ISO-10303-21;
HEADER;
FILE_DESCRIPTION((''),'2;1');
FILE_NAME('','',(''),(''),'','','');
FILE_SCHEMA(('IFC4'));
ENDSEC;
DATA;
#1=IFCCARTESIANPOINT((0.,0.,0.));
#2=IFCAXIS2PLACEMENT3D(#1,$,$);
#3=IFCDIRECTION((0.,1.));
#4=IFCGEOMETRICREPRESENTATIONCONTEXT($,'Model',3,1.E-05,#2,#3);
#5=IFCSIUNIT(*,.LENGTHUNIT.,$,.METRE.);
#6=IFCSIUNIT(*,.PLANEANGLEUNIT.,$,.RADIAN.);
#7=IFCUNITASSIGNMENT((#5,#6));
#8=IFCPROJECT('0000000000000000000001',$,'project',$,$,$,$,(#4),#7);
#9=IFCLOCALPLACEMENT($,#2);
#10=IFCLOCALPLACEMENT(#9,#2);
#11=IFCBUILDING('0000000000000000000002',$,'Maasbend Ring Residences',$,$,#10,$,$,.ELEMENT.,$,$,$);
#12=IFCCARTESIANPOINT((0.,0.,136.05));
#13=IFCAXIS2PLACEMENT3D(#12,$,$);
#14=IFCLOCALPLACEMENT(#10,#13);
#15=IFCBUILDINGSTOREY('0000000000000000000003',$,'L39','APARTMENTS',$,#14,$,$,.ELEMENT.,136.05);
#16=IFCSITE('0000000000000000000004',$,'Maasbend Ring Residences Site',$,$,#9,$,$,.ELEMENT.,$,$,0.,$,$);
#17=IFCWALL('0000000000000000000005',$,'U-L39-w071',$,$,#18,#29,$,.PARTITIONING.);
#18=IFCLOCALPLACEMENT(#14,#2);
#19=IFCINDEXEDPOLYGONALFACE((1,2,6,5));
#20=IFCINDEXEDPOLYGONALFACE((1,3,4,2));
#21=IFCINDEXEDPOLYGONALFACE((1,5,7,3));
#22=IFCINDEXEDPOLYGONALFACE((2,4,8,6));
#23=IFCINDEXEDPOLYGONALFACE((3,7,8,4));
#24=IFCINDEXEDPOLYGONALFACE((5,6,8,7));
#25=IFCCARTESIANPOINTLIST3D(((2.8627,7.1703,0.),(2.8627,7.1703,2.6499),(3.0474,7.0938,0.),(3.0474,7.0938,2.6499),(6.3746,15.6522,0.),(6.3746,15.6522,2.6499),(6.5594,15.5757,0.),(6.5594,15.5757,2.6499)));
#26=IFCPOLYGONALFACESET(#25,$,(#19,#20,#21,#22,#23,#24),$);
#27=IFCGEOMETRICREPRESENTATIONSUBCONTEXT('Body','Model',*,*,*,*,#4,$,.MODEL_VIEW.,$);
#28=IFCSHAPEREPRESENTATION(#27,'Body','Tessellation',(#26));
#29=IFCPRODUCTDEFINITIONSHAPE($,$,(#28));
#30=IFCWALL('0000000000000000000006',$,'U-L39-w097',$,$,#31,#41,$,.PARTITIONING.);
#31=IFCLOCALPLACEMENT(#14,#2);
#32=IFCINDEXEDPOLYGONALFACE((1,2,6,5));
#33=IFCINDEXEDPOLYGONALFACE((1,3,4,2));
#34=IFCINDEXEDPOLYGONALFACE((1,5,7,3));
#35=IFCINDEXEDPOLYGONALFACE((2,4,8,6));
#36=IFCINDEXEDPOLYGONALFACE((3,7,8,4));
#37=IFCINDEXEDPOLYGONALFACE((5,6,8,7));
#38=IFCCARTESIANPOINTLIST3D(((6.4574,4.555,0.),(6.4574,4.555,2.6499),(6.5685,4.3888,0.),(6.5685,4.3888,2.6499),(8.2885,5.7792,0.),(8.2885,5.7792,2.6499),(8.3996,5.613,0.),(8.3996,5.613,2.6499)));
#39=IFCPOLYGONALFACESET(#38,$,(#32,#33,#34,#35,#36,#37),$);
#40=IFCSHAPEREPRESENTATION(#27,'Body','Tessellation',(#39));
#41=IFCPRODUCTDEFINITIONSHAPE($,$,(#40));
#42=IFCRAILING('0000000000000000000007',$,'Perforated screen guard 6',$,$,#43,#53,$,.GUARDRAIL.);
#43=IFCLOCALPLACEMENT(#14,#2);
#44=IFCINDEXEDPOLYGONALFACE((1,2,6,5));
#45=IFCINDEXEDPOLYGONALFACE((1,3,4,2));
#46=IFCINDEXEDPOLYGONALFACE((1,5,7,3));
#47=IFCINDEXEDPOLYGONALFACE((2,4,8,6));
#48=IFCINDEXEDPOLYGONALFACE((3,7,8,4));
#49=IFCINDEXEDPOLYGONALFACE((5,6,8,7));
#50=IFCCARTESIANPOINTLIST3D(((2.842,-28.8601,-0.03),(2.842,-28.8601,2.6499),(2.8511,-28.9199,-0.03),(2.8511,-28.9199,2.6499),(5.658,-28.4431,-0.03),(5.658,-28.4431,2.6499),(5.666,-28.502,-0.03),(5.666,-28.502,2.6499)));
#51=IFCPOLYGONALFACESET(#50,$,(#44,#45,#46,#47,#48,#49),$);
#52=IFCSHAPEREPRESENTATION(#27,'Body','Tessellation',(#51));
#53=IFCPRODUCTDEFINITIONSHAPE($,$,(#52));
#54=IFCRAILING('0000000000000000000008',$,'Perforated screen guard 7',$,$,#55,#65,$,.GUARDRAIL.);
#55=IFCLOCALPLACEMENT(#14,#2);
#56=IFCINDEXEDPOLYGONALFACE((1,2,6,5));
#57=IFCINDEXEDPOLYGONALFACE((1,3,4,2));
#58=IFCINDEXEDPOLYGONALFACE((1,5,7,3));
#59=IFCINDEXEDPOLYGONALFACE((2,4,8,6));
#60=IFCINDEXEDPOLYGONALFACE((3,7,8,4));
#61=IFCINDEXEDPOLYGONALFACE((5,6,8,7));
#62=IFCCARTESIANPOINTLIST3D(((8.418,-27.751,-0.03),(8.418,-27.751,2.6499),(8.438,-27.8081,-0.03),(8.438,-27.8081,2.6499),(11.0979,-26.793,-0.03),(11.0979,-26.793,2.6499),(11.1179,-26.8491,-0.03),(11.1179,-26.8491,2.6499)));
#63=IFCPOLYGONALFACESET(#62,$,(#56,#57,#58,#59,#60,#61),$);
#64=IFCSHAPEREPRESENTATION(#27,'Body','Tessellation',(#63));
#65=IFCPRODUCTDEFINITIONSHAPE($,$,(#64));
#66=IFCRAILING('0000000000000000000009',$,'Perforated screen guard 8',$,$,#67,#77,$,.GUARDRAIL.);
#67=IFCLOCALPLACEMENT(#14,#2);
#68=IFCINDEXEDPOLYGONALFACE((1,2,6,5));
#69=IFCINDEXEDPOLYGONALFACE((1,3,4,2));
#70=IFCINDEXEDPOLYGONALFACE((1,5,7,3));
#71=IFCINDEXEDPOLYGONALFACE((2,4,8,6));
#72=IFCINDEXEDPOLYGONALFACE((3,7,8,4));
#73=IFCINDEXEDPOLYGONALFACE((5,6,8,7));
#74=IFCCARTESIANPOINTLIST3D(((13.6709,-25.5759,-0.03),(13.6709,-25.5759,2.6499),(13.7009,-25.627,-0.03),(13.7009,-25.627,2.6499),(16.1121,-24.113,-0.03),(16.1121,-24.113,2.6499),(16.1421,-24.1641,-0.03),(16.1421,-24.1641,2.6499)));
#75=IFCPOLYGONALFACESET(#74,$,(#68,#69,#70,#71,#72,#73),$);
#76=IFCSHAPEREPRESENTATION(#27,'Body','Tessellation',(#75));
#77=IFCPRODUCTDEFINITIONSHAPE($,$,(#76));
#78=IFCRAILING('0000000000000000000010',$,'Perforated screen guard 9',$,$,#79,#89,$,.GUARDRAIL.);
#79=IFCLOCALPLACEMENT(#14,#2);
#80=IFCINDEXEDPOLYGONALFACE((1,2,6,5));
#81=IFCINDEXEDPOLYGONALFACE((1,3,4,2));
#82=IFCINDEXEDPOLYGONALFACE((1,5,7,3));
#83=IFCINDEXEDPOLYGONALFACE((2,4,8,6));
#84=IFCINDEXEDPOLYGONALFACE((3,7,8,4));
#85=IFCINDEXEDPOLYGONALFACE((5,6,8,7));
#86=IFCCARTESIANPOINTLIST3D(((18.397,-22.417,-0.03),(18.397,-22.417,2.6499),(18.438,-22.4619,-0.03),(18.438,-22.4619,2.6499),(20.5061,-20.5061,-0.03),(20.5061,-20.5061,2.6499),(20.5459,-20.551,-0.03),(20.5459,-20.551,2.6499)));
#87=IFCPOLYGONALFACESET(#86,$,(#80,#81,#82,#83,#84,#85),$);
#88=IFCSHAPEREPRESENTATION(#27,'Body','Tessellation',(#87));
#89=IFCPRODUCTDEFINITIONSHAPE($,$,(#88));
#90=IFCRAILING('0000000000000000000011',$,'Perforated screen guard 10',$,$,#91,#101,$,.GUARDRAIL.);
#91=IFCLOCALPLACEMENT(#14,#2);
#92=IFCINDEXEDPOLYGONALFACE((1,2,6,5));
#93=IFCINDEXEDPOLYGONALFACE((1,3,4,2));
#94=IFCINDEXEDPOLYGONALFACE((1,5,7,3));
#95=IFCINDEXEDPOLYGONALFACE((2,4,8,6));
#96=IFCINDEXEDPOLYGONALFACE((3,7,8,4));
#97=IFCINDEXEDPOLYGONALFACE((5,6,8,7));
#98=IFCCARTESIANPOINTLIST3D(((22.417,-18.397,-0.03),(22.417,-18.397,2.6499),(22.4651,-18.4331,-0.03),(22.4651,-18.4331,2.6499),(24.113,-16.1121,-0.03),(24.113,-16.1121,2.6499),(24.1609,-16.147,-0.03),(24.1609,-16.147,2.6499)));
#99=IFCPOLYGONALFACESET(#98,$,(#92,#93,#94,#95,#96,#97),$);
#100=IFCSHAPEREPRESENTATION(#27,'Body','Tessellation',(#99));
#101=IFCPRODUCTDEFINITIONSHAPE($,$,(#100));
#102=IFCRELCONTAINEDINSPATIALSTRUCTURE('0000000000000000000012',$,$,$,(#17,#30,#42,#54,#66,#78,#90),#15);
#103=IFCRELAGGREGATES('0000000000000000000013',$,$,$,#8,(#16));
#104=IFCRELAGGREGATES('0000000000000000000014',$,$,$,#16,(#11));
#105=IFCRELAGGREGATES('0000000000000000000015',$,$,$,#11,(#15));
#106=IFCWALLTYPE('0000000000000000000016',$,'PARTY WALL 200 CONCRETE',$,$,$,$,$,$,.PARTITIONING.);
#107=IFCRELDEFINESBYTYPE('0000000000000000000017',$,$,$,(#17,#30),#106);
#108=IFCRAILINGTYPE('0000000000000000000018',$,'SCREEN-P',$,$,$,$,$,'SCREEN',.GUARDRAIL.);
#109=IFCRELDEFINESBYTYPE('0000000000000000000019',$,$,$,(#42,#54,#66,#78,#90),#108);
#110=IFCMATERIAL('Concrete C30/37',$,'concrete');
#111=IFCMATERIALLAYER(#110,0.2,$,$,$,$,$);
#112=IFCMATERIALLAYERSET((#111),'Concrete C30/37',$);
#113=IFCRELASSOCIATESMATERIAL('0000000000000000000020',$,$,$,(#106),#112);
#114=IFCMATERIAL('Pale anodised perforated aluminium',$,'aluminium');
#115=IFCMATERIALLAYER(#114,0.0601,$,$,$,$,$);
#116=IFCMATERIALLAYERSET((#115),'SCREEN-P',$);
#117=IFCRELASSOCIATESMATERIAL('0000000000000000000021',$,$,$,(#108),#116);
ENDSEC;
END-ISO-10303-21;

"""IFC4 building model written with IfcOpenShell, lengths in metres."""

from ifc_helpers import new_model, si_unit, direction, frame, frame_2d, origin, place, context, subcontext, project, spatial, polyline, rectangle, outline, extrude, material, layer, layer_set, type_object, element, save


model = new_model("IFC4")

# Units and contexts
model_context = context("Model", 3, precision=1e-05, world=origin(), true_north=direction((0.0, 1.0)))
body_context = subcontext(model_context, "Body", "Model", "MODEL_VIEW")
ifc_project = project(units=[si_unit("LENGTHUNIT", "METRE"), si_unit("PLANEANGLEUNIT", "RADIAN")], contexts=[model_context])

# Site, building, storey
site_placement = place(None, origin())
site = spatial("IfcSite", under=ifc_project, at=site_placement, Name="Maasbend Ring Residences Site", CompositionType="ELEMENT", RefElevation=0.0)
building_placement = place(site_placement, origin())
building = spatial("IfcBuilding", under=site, at=building_placement, Name="Maasbend Ring Residences", CompositionType="ELEMENT")
storey_placement = place(building_placement, frame((0.0, 0.0, 136.05)))
storey = spatial("IfcBuildingStorey", under=building, at=storey_placement, Name="L39", Description="APARTMENTS", CompositionType="ELEMENT", Elevation=136.05)

# Walls
ifc_material_1 = material(Name="Concrete C30/37", Category="concrete")
ifc_layer_1 = layer(ifc_material_1, 0.2)
ifc_layer_set_1 = layer_set([ifc_layer_1], Name="Concrete C30/37")
wall_type_1 = type_object("IfcWallType", Name="PARTY WALL 200 CONCRETE", PredefinedType="PARTITIONING", material=ifc_layer_set_1)
wall_1_placement = place(storey_placement, frame((2.9551, 7.1321, 0.0), z_axis=(0.0, 0.0, 1.0), x_axis=(0.382556, 0.923932, 0.0)))
element("IfcWall", 1, at=wall_1_placement, inside=storey, type_object=wall_type_1, Name="U-L39-w071", PredefinedType="PARTITIONING", context=body_context, shape_type="SweptSolid", body=[
    extrude(rectangle(XDim=9.1802, YDim=0.2, at=frame_2d((4.5901, 0.0))), origin(), (0.0, 0.0, 1.0), 2.6499),
])
wall_2_placement = place(storey_placement, frame((6.5129, 4.4719, 0.0), z_axis=(0.0, 0.0, 1.0), x_axis=(0.831333, 0.555774, 0.0)))
element("IfcWall", 2, at=wall_2_placement, inside=storey, type_object=wall_type_1, Name="U-L39-w097", PredefinedType="PARTITIONING", context=body_context, shape_type="SweptSolid", body=[
    extrude(rectangle(XDim=2.2026, YDim=0.2, at=frame_2d((1.1013, 0.0))), origin(), (0.0, 0.0, 1.0), 2.6499),
])

# Railings
ifc_material_2 = material(Name="Pale anodised perforated aluminium", Category="aluminium")
ifc_layer_2 = layer(ifc_material_2, 0.0601)
ifc_layer_set_2 = layer_set([ifc_layer_2], Name="SCREEN-P")
railing_type = type_object("IfcRailingType", Name="SCREEN-P", ElementType="SCREEN", PredefinedType="GUARDRAIL", material=ifc_layer_set_2)
railing_1_placement = place(storey_placement, frame((0.0, 0.0, -0.03)))
element("IfcRailing", 3, at=railing_1_placement, inside=storey, type_object=railing_type, Name="Perforated screen guard 6", PredefinedType="GUARDRAIL", context=body_context, shape_type="SweptSolid", body=[
    extrude(outline(polyline([(2.842, -28.8601), (5.658, -28.4431), (5.666, -28.502), (2.8511, -28.9199), (2.842, -28.8601)])), origin(), (0.0, 0.0, 1.0), 2.6799),
])
railing_2_placement = place(storey_placement, frame((0.0, 0.0, -0.03)))
element("IfcRailing", 4, at=railing_2_placement, inside=storey, type_object=railing_type, Name="Perforated screen guard 7", PredefinedType="GUARDRAIL", context=body_context, shape_type="SweptSolid", body=[
    extrude(outline(polyline([(8.418, -27.751), (11.0979, -26.793), (11.1179, -26.8491), (8.438, -27.8081), (8.418, -27.751)])), origin(), (0.0, 0.0, 1.0), 2.6799),
])
railing_3_placement = place(storey_placement, frame((0.0, 0.0, -0.03)))
element("IfcRailing", 5, at=railing_3_placement, inside=storey, type_object=railing_type, Name="Perforated screen guard 8", PredefinedType="GUARDRAIL", context=body_context, shape_type="SweptSolid", body=[
    extrude(outline(polyline([(13.6709, -25.5759), (16.1121, -24.113), (16.1421, -24.1641), (13.7009, -25.627), (13.6709, -25.5759)])), origin(), (0.0, 0.0, 1.0), 2.6799),
])
railing_4_placement = place(storey_placement, frame((0.0, 0.0, -0.03)))
element("IfcRailing", 6, at=railing_4_placement, inside=storey, type_object=railing_type, Name="Perforated screen guard 9", PredefinedType="GUARDRAIL", context=body_context, shape_type="SweptSolid", body=[
    extrude(outline(polyline([(18.397, -22.417), (20.5061, -20.5061), (20.5459, -20.551), (18.438, -22.4619), (18.397, -22.417)])), origin(), (0.0, 0.0, 1.0), 2.6799),
])
railing_5_placement = place(storey_placement, frame((0.0, 0.0, -0.03)))
element("IfcRailing", 7, at=railing_5_placement, inside=storey, type_object=railing_type, Name="Perforated screen guard 10", PredefinedType="GUARDRAIL", context=body_context, shape_type="SweptSolid", body=[
    extrude(outline(polyline([(22.417, -18.397), (24.113, -16.1121), (24.1609, -16.147), (22.4651, -18.4331), (22.417, -18.397)])), origin(), (0.0, 0.0, 1.0), 2.6799),
])

save(model, "model.ifc")
